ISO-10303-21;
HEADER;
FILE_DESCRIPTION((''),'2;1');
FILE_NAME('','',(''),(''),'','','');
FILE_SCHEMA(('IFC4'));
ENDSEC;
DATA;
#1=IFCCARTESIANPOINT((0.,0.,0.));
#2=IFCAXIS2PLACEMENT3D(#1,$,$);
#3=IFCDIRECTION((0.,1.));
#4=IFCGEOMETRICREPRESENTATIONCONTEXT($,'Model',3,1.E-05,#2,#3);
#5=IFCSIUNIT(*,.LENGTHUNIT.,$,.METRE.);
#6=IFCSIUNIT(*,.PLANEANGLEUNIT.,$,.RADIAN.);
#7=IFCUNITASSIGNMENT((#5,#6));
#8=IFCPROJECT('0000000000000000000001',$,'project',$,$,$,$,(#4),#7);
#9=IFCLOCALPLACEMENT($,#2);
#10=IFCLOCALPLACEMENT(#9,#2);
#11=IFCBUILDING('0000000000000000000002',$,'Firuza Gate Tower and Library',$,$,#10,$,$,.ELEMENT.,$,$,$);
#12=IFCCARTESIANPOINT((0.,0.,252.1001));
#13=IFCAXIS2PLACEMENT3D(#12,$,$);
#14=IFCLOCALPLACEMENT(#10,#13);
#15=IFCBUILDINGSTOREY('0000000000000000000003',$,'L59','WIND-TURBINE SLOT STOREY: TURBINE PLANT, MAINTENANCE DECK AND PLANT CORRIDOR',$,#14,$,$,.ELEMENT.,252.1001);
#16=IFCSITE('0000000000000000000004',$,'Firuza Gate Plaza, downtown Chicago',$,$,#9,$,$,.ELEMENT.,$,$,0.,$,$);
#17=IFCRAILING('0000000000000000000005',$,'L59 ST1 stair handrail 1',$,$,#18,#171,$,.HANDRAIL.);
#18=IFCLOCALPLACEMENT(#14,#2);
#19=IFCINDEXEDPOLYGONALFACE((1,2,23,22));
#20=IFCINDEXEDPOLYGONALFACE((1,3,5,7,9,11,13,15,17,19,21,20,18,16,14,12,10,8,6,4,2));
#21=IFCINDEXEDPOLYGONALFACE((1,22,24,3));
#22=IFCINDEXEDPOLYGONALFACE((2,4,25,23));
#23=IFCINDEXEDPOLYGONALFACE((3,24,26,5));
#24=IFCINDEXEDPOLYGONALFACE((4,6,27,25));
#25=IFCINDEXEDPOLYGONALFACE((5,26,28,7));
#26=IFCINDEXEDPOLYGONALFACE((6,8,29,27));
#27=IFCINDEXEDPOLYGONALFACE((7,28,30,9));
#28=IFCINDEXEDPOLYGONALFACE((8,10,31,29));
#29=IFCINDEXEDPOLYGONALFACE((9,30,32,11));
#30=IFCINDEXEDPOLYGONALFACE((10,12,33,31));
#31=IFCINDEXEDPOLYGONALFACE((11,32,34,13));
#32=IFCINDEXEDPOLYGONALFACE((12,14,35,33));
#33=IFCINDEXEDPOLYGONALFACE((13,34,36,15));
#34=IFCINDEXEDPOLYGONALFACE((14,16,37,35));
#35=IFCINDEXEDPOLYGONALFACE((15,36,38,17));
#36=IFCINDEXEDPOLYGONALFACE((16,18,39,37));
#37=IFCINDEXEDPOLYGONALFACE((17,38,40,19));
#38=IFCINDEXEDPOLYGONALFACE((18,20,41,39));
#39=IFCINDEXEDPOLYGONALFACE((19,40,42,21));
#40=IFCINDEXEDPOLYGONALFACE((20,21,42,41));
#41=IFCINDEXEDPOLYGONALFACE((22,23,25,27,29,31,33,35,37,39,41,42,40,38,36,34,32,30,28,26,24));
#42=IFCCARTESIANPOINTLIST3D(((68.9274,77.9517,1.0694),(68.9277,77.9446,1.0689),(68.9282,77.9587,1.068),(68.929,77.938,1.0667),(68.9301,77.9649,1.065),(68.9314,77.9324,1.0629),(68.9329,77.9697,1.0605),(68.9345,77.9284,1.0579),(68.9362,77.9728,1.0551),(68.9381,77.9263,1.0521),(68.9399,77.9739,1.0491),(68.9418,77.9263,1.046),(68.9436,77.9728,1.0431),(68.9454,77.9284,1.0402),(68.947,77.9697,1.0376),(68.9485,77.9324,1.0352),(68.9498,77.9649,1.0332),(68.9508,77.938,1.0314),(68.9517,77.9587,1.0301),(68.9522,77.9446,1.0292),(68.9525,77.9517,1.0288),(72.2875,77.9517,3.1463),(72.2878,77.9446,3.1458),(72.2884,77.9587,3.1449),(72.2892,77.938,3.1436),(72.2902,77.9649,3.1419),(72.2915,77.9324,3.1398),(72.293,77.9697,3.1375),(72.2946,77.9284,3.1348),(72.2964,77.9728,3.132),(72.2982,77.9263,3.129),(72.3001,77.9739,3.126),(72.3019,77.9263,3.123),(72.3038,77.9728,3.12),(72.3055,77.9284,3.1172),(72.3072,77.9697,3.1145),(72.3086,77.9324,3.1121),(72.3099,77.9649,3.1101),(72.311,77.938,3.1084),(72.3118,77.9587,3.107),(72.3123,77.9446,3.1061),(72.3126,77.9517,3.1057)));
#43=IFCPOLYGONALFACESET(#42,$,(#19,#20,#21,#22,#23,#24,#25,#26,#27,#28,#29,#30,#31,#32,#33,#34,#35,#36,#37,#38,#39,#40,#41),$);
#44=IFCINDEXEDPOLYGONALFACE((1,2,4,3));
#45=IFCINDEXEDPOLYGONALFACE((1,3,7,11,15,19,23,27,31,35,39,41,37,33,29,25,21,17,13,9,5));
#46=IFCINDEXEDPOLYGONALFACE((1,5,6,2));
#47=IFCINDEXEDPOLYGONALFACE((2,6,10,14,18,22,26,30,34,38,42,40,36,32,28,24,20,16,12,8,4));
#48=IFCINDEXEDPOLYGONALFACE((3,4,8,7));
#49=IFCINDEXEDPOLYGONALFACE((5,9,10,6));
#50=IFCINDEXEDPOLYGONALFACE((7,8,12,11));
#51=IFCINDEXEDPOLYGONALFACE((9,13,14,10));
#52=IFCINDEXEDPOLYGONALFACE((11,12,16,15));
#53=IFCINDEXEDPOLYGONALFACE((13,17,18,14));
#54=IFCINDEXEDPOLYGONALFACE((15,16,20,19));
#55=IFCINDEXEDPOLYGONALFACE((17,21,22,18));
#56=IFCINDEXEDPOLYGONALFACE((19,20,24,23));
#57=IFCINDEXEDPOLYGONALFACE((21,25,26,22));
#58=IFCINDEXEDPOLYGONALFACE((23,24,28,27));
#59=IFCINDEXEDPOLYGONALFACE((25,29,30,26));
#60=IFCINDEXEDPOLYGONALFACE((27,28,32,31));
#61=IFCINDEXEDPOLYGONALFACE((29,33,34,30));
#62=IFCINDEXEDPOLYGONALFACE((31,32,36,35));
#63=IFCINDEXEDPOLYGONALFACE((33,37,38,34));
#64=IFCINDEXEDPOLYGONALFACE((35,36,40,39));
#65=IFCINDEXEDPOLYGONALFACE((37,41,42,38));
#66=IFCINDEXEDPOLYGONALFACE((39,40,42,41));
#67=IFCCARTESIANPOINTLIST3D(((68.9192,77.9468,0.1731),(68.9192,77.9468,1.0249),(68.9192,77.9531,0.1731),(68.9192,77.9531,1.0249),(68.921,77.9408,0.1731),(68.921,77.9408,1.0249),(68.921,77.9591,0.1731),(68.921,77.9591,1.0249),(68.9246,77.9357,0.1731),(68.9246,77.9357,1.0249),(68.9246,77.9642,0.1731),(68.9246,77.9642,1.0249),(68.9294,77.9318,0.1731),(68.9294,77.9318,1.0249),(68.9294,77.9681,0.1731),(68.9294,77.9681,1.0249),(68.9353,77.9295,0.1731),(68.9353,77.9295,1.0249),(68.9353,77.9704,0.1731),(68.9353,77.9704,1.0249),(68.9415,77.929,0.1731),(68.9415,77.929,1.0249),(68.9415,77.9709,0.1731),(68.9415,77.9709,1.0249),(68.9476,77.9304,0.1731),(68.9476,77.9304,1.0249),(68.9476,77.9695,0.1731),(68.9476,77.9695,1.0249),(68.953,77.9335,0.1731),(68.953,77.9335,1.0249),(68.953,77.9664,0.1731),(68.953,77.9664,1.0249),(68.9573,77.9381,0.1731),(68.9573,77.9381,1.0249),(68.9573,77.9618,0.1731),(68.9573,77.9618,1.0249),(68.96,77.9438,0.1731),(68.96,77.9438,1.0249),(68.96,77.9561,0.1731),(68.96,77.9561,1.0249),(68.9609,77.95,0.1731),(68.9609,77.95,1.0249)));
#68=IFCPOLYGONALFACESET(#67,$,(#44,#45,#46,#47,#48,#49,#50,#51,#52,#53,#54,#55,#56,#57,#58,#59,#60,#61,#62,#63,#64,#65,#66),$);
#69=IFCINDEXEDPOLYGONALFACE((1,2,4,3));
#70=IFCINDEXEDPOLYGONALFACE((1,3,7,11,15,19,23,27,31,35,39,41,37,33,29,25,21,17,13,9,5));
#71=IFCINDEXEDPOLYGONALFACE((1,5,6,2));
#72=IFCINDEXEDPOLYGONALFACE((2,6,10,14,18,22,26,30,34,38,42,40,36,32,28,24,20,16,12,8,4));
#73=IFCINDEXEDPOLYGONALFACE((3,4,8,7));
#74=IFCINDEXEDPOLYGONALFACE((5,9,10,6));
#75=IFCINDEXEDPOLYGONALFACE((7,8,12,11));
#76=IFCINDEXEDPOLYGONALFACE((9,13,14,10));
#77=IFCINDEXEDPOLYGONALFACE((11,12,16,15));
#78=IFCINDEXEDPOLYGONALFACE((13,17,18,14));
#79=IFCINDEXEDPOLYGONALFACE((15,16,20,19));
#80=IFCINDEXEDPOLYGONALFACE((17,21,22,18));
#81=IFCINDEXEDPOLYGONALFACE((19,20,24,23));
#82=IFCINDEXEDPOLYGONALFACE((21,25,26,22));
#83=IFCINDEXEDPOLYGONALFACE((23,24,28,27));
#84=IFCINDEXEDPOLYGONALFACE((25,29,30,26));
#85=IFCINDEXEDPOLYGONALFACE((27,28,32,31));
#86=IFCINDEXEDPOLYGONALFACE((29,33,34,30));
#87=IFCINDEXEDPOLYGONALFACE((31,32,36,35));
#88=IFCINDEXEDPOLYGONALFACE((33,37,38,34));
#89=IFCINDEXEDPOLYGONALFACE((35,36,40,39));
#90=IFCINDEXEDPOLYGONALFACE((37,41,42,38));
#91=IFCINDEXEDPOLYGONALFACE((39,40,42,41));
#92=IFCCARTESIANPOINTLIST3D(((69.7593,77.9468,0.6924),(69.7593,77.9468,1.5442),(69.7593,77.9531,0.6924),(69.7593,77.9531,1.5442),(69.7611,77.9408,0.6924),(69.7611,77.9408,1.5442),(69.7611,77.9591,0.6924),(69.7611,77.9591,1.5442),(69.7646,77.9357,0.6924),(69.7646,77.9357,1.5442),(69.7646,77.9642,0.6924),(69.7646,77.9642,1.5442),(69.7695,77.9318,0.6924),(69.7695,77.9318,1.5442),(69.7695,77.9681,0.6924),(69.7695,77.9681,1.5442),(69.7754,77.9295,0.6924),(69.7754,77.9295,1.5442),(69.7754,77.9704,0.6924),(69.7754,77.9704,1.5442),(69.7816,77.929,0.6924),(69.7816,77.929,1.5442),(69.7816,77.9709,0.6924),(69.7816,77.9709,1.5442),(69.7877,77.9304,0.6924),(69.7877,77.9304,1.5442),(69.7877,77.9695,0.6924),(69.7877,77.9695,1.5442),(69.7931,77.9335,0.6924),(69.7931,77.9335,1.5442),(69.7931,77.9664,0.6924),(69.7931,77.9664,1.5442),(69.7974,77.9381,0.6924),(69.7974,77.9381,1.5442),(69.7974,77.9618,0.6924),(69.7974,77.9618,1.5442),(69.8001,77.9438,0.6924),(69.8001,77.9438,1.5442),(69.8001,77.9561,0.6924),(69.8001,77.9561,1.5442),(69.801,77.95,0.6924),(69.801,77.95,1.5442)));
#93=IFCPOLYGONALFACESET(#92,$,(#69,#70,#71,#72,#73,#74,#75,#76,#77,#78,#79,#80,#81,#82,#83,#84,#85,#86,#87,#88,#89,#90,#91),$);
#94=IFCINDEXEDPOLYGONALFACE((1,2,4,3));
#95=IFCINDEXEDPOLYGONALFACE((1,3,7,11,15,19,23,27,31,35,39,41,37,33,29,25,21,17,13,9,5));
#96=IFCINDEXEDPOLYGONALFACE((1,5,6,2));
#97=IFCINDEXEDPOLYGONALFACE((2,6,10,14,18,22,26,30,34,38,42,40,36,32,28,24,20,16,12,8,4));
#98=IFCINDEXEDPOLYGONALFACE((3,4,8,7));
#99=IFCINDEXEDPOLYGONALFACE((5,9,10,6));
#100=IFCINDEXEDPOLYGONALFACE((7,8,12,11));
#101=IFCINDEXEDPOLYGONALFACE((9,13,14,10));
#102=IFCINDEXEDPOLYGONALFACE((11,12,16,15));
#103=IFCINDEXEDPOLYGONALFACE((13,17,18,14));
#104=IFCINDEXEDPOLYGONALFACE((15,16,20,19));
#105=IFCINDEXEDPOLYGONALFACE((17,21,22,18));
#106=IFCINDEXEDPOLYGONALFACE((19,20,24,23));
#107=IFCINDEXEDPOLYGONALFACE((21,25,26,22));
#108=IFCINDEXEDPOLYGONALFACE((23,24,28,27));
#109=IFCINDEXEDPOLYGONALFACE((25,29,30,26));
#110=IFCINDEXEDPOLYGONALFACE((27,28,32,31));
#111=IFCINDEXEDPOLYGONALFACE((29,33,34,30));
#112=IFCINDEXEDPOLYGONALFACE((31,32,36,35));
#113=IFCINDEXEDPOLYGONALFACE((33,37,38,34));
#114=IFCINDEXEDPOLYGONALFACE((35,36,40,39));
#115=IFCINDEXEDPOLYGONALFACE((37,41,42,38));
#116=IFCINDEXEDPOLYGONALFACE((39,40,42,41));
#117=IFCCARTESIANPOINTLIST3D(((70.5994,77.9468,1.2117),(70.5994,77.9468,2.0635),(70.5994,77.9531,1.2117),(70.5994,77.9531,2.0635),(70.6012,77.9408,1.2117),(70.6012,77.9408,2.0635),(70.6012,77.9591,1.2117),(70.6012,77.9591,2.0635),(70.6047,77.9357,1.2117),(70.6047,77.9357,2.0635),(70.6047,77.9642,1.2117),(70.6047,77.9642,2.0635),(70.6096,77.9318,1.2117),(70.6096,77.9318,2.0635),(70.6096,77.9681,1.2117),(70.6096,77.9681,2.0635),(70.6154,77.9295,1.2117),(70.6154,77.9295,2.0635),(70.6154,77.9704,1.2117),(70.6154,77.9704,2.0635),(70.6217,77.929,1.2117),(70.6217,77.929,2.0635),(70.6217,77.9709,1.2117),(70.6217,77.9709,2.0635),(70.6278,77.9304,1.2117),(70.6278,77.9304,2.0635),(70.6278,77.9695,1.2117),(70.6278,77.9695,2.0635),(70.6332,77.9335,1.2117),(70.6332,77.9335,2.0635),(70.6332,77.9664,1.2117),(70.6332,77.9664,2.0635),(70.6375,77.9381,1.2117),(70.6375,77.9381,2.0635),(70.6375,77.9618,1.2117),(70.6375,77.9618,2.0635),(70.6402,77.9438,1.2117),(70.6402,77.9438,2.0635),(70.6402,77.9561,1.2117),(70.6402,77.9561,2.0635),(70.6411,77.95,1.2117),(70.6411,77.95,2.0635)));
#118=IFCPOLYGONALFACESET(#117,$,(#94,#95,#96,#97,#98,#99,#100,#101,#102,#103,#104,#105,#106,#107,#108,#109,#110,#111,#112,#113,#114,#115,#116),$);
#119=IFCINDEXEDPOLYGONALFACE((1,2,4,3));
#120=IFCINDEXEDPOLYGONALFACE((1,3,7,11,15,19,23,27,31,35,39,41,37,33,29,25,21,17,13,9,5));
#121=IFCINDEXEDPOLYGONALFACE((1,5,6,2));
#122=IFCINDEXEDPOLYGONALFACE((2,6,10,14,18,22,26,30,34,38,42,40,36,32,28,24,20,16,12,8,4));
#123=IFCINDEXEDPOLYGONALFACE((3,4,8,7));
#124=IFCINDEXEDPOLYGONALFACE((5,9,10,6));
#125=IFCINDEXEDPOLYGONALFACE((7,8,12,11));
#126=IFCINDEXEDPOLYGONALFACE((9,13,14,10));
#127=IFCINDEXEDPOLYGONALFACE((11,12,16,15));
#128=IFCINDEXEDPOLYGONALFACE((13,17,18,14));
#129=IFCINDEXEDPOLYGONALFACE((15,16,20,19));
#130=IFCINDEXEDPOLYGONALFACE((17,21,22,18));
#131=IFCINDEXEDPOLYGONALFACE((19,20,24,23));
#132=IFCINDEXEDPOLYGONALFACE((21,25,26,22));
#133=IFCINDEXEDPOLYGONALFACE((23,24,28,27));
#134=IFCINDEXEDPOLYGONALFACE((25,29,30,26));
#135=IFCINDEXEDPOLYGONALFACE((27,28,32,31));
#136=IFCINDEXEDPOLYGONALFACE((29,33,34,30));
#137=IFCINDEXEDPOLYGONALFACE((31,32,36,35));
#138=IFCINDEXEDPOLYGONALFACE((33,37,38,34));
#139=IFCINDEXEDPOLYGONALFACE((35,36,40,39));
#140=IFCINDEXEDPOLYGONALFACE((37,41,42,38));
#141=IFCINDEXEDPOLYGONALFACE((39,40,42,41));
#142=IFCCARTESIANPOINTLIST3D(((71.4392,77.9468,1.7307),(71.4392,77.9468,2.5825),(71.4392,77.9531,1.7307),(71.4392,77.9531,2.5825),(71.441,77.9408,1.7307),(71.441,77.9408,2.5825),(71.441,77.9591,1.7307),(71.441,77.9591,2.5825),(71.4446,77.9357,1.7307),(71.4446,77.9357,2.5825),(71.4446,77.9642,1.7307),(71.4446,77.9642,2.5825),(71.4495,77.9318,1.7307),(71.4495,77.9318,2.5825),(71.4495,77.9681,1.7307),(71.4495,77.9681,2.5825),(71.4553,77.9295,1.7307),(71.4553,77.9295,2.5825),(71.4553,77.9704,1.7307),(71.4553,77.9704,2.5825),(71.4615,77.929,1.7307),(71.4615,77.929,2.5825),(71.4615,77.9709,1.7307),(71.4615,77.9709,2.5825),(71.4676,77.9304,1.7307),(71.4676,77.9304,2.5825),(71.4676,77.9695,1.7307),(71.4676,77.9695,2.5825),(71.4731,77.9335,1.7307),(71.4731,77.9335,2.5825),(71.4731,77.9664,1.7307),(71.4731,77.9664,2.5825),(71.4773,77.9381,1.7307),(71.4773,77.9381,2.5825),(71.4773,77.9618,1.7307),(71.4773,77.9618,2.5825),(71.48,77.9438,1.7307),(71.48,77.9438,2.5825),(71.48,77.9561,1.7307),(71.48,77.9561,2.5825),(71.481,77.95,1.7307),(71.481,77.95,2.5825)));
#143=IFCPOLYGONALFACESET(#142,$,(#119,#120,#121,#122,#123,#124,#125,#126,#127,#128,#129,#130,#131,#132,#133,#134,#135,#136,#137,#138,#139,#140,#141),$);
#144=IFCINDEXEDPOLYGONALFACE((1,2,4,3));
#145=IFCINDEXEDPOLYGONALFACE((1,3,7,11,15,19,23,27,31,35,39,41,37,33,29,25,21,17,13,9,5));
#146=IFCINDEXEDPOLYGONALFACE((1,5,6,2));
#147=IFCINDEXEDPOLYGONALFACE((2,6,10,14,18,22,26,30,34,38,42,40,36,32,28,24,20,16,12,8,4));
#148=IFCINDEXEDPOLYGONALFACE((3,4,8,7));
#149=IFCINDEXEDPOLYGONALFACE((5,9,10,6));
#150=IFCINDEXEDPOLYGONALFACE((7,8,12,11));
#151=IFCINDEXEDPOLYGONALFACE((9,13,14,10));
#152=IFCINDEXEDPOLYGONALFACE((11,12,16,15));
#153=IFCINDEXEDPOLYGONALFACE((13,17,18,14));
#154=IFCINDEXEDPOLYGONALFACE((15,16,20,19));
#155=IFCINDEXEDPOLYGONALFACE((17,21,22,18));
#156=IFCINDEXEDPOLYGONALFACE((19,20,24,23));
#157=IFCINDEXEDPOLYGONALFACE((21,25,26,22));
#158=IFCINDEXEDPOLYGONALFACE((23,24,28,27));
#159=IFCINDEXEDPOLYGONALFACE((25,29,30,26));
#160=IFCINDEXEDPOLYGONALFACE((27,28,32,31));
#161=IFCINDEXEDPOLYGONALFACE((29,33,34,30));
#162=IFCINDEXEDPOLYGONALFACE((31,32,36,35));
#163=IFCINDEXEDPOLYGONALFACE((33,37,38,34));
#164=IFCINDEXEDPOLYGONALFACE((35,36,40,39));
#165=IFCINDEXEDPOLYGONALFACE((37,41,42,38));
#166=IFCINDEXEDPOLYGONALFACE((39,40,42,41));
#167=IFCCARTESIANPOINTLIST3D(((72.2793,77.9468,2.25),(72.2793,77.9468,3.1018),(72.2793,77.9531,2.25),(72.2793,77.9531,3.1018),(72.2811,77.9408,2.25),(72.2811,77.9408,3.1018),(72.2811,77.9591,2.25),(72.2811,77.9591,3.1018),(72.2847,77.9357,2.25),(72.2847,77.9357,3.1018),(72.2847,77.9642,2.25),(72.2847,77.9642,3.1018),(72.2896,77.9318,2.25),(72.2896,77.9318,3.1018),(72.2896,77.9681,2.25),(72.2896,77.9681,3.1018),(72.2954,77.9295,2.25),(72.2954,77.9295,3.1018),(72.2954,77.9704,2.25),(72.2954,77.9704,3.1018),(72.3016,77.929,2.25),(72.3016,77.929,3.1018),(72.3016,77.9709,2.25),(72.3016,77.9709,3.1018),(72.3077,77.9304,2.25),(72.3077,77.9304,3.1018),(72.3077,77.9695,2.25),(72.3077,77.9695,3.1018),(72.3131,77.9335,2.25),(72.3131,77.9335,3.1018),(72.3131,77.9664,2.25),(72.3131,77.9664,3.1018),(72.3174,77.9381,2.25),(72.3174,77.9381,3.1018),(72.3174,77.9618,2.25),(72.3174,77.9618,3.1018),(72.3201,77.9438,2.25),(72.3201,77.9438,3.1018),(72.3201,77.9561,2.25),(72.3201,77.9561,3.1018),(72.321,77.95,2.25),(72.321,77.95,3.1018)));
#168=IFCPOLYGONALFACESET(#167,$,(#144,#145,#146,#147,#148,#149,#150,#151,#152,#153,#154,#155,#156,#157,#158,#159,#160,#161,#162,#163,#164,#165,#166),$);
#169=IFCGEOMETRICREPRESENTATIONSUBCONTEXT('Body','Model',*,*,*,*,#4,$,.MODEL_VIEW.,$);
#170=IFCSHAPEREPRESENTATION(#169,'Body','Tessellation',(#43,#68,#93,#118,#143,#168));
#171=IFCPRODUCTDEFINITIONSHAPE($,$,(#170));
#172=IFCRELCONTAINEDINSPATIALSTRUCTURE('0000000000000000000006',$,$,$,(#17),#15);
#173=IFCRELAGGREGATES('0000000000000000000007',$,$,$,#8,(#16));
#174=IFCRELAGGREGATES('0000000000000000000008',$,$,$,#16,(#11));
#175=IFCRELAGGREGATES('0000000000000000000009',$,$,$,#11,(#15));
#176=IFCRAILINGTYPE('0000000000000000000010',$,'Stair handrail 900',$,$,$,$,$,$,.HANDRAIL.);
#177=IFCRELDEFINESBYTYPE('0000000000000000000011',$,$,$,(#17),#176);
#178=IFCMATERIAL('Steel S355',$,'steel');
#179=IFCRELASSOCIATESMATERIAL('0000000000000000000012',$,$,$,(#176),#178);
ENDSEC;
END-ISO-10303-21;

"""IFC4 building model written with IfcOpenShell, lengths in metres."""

from ifc_helpers import new_model, si_unit, direction, frame, origin, origin_2d, place, context, subcontext, project, spatial, circle, extrude, material, type_object, element, save


model = new_model("IFC4")

# Units and contexts
model_context = context("Model", 3, precision=1e-05, world=origin(), true_north=direction((0.0, 1.0)))
body_context = subcontext(model_context, "Body", "Model", "MODEL_VIEW")
ifc_project = project(units=[si_unit("LENGTHUNIT", "METRE"), si_unit("PLANEANGLEUNIT", "RADIAN")], contexts=[model_context])

# Site, building, storey
site_placement = place(None, origin())
site = spatial("IfcSite", under=ifc_project, at=site_placement, Name="Firuza Gate Plaza, downtown Chicago", CompositionType="ELEMENT", RefElevation=0.0)
building_placement = place(site_placement, origin())
building = spatial("IfcBuilding", under=site, at=building_placement, Name="Firuza Gate Tower and Library", CompositionType="ELEMENT")
storey_placement = place(building_placement, frame((0.0, 0.0, 252.1001)))
storey = spatial("IfcBuildingStorey", under=building, at=storey_placement, Name="L59", Description="WIND-TURBINE SLOT STOREY: TURBINE PLANT, MAINTENANCE DECK AND PLANT CORRIDOR", CompositionType="ELEMENT", Elevation=252.1001)

# Railing
ifc_material_1 = material(Name="Steel S355", Category="steel")
railing_type_1 = type_object("IfcRailingType", Name="Stair handrail 900", PredefinedType="HANDRAIL", material=ifc_material_1)
railing_1_placement = place(storey_placement, frame((68.9399, 77.95, 0.1731)))
element("IfcRailing", 1, at=railing_1_placement, inside=storey, type_object=railing_type_1, Name="L59 ST1 stair handrail 1", PredefinedType="HANDRAIL", context=body_context, shape_type="SweptSolid", body=[
    extrude(circle(Radius=0.0239, at=origin_2d()), frame((0.0, 0.0, 0.876), z_axis=(0.850623, 0.0, 0.525776), x_axis=(0.0, 1.0, 0.0)), (0.0, 0.0, 1.0), 3.9502),
    extrude(circle(Radius=0.021, at=origin_2d()), origin(), (0.0, 0.0, 1.0), 0.8518),
    extrude(circle(Radius=0.021, at=origin_2d()), frame((0.8401, 0.0, 0.5193)), (0.0, 0.0, 1.0), 0.8518),
    extrude(circle(Radius=0.021, at=origin_2d()), frame((1.6802, 0.0, 1.0386)), (0.0, 0.0, 1.0), 0.8518),
    extrude(circle(Radius=0.021, at=origin_2d()), frame((2.52, 0.0, 1.5576)), (0.0, 0.0, 1.0), 0.8518),
    extrude(circle(Radius=0.021, at=origin_2d()), frame((3.3601, 0.0, 2.0769)), (0.0, 0.0, 1.0), 0.8518),
])

save(model, "model.ifc")
